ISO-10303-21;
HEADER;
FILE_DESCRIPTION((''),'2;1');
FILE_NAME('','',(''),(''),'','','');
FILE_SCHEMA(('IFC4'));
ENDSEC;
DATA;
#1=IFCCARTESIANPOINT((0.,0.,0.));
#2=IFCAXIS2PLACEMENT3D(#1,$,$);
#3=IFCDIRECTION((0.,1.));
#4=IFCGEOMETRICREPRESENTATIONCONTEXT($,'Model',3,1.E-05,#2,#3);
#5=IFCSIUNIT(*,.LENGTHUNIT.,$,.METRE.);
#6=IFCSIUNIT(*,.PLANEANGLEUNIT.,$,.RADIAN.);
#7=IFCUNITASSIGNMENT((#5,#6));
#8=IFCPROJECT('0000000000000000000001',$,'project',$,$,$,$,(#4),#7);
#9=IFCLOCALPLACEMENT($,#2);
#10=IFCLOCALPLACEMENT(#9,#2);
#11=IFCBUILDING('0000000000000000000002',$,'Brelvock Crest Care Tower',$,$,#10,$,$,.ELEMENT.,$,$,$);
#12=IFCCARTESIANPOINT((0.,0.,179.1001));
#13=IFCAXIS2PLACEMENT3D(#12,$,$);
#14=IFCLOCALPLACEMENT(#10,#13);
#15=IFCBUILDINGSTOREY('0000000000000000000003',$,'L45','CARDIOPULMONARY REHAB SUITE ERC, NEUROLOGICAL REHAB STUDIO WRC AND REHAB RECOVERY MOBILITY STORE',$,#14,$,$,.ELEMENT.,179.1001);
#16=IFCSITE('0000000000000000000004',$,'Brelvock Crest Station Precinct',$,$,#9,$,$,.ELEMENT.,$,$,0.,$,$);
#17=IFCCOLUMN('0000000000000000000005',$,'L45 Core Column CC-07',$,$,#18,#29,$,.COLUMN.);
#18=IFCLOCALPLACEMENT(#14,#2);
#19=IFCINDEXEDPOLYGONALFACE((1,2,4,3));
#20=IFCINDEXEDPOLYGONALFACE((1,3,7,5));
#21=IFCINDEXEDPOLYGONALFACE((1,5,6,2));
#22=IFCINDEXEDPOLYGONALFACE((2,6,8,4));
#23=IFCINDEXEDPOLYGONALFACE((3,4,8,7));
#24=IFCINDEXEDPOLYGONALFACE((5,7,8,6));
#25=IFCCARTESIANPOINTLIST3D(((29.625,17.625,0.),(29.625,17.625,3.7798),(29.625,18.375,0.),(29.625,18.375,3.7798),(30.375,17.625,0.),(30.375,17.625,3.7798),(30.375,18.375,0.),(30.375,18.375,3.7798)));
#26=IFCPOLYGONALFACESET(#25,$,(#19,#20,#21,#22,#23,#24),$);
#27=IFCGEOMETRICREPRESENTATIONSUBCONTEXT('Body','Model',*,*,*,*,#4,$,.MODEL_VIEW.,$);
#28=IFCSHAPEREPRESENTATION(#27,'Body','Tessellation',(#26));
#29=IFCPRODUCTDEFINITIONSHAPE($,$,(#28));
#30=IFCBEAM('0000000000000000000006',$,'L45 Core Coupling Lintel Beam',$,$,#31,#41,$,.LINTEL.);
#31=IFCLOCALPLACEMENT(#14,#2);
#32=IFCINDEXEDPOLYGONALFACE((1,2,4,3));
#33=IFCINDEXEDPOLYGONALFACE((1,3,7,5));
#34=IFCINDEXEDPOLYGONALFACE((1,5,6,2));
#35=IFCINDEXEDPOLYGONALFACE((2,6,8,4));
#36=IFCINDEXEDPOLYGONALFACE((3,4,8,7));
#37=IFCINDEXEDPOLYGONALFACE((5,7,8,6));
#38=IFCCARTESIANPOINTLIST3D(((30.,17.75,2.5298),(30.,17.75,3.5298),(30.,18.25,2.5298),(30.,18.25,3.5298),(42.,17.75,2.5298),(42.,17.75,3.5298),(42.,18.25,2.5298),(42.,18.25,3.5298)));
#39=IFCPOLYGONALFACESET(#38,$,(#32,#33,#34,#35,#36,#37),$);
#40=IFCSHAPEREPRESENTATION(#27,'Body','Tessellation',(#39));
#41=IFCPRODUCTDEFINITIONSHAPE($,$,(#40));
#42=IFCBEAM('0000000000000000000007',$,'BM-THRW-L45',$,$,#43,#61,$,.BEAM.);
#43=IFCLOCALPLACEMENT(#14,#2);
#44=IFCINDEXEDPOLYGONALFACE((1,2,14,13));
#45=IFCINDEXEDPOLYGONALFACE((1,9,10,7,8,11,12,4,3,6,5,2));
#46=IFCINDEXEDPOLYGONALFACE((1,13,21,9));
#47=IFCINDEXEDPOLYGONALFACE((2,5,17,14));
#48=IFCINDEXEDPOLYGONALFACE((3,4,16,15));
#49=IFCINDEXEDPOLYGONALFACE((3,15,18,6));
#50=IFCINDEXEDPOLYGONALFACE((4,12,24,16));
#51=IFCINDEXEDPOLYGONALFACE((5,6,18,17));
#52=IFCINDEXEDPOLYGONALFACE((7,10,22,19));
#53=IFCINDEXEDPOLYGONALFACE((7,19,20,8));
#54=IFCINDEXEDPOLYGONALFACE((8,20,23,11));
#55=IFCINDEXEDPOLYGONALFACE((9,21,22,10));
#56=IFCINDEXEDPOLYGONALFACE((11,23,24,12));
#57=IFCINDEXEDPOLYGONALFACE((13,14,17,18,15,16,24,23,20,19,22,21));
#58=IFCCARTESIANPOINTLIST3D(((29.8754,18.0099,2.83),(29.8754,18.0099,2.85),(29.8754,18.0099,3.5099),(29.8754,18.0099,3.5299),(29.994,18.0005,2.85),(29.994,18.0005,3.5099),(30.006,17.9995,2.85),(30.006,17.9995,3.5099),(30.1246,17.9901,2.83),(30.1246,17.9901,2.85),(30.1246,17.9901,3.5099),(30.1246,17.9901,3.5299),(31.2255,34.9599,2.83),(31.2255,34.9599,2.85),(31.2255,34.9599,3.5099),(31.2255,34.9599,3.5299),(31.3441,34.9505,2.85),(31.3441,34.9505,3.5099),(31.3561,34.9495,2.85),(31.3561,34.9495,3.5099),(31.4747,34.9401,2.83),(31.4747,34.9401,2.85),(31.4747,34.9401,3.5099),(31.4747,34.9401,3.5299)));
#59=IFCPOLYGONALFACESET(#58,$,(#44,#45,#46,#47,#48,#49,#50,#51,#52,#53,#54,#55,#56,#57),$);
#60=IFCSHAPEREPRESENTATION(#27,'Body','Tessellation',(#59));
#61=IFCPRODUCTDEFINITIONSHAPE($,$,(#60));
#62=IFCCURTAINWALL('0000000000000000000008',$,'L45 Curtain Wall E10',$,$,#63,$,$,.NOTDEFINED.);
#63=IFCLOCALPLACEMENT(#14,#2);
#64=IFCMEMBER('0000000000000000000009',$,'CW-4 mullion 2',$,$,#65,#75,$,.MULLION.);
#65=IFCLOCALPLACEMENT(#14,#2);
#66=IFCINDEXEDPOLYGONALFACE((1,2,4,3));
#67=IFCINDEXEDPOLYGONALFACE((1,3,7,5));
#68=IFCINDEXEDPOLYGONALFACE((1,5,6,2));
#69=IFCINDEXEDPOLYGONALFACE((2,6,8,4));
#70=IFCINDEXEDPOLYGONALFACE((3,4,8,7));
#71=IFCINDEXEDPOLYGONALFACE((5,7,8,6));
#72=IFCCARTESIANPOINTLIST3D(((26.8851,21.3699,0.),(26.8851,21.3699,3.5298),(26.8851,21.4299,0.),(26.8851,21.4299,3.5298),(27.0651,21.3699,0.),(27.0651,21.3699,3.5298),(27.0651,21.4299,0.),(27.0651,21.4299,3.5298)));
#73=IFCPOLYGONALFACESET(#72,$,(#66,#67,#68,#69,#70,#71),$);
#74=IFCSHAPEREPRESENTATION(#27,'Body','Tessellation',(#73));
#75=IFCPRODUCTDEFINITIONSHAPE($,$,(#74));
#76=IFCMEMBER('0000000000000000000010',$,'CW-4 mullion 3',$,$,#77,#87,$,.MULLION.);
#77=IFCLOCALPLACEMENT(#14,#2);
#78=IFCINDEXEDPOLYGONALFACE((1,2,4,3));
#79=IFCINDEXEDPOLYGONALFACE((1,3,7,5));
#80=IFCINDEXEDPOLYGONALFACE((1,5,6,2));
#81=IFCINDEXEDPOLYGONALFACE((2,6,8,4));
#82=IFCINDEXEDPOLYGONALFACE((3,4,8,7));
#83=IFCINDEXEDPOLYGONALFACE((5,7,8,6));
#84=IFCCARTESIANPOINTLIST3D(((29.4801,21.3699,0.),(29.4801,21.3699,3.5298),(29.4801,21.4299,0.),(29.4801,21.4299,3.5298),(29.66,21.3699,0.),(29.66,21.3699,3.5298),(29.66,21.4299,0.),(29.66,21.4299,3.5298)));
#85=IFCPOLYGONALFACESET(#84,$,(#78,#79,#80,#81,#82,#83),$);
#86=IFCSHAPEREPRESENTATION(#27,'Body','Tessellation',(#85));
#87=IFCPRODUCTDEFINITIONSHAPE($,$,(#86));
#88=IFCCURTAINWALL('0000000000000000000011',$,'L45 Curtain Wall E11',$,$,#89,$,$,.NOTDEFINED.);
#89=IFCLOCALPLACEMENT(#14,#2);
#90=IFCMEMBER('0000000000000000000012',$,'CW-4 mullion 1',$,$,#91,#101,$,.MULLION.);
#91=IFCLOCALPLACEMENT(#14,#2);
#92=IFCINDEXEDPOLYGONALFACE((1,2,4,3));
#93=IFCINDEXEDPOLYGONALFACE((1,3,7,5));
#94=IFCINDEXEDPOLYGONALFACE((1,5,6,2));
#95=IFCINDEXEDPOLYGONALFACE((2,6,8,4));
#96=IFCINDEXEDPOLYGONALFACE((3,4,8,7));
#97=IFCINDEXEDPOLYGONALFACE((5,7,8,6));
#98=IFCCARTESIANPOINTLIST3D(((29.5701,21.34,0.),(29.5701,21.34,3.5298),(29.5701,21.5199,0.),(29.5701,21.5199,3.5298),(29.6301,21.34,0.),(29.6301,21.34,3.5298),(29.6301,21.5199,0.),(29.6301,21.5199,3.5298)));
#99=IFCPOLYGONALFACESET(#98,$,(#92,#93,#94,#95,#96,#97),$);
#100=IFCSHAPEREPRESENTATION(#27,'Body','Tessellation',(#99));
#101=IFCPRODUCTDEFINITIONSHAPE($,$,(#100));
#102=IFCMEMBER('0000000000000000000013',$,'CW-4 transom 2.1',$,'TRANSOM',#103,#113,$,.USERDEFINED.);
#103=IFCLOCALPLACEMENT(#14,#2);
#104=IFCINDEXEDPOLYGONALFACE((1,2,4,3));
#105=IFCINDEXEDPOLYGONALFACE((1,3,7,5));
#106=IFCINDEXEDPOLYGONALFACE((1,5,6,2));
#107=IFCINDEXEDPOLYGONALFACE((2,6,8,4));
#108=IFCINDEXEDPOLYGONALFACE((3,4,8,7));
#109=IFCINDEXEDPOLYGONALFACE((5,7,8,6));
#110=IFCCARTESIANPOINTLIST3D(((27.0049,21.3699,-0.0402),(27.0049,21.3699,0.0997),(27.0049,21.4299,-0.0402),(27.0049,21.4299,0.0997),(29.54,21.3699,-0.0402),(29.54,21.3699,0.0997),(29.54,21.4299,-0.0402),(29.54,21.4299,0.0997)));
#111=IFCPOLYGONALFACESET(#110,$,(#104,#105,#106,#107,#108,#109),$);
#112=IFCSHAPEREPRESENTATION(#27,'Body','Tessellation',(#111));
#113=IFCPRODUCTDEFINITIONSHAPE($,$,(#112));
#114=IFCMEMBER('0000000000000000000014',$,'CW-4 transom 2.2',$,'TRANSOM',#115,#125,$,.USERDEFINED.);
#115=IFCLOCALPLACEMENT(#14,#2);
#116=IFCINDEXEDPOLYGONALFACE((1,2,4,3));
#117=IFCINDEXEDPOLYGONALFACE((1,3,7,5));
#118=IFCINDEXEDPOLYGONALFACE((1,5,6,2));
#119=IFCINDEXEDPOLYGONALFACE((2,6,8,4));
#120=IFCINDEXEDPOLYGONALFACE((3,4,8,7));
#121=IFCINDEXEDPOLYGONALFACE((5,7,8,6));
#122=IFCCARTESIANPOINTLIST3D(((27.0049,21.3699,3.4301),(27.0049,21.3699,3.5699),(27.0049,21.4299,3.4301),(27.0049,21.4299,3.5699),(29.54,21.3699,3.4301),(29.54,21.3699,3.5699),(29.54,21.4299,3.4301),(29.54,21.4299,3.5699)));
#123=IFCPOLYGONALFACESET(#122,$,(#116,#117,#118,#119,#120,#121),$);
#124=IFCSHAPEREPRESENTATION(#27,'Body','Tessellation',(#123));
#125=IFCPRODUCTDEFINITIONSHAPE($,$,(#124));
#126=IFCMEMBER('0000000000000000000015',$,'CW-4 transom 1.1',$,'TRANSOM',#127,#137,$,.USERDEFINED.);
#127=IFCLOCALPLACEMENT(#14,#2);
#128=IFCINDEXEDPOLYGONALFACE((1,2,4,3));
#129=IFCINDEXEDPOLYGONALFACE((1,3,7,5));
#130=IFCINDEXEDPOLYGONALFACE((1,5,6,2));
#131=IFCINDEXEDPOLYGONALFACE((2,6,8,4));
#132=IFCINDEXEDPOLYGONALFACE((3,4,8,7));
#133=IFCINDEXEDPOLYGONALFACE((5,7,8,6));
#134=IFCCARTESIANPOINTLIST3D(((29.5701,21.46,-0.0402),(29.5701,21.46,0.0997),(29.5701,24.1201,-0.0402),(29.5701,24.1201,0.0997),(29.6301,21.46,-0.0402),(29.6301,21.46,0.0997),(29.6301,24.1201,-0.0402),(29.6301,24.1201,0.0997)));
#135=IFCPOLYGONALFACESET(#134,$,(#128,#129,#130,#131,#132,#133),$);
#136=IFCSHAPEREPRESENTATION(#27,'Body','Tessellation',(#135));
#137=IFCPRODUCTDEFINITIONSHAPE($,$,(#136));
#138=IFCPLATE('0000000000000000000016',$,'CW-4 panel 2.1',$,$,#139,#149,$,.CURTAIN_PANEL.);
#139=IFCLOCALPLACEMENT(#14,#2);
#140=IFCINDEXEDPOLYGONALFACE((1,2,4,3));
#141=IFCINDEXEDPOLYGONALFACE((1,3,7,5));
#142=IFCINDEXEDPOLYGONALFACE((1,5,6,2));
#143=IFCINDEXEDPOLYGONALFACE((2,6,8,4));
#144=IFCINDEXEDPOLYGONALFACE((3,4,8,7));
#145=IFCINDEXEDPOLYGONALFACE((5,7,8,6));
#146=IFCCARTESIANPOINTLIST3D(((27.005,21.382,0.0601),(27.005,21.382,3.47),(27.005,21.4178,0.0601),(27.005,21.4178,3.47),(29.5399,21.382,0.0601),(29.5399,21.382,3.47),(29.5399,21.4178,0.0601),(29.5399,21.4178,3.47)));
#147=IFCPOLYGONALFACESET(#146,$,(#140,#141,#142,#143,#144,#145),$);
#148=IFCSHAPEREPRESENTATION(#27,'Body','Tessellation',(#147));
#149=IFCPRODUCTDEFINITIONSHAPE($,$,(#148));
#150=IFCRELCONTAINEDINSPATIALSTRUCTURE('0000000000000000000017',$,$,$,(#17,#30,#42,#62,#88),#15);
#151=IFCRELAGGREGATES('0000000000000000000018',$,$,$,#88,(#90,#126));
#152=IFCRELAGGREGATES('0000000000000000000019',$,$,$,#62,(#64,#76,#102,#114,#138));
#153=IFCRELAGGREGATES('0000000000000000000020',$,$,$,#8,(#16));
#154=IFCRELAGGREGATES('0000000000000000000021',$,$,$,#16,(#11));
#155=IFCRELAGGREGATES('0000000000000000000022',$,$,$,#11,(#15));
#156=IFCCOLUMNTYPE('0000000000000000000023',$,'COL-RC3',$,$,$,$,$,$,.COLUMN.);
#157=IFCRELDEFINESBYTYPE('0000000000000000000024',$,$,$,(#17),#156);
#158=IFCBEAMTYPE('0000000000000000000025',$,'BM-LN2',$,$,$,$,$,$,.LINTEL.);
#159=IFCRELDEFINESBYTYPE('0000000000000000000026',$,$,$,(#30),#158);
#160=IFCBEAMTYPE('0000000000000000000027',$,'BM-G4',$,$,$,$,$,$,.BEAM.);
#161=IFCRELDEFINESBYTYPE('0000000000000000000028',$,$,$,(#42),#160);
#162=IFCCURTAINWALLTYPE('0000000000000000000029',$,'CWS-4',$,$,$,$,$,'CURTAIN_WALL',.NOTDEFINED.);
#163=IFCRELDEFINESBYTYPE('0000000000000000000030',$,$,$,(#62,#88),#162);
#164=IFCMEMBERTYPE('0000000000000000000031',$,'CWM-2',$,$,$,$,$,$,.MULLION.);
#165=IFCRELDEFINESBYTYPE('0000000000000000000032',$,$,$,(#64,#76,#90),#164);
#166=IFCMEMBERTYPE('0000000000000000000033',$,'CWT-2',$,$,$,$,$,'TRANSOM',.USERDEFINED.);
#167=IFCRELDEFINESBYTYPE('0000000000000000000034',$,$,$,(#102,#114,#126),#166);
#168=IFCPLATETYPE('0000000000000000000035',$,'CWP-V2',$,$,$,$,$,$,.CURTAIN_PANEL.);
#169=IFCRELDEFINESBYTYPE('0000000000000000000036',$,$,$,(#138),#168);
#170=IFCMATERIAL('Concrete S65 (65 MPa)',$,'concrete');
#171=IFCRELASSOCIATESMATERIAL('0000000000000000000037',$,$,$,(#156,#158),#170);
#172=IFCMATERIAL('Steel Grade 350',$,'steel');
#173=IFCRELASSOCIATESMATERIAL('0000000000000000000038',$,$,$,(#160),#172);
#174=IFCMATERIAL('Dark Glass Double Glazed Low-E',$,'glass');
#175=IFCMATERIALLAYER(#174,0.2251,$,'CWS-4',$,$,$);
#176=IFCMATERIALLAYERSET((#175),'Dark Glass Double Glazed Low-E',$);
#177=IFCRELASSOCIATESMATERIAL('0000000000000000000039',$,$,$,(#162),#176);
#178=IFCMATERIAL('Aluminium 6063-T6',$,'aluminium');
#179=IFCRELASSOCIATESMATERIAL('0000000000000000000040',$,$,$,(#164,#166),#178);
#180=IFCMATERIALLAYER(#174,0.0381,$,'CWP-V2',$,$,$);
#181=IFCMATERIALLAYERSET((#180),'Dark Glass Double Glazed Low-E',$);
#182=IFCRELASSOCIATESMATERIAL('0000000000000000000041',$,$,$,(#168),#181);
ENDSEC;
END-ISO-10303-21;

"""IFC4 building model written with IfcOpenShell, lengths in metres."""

from ifc_helpers import new_model, si_unit, direction, frame, origin, origin_2d, place, context, subcontext, project, spatial, rectangle, i_section, extrude, source, transform, mapped, material, layer, layer_set, material_profile, profile_set, type_object, element, aggregate, save


model = new_model("IFC4")

# Units and contexts
model_context = context("Model", 3, precision=1e-05, world=origin(), true_north=direction((0.0, 1.0)))
body_context = subcontext(model_context, "Body", "Model", "MODEL_VIEW")
ifc_project = project(units=[si_unit("LENGTHUNIT", "METRE"), si_unit("PLANEANGLEUNIT", "RADIAN")], contexts=[model_context])

# Site, building, storey
site_placement = place(None, origin())
site = spatial("IfcSite", under=ifc_project, at=site_placement, Name="Brelvock Crest Station Precinct", CompositionType="ELEMENT", RefElevation=0.0)
building_placement = place(site_placement, origin())
building = spatial("IfcBuilding", under=site, at=building_placement, Name="Brelvock Crest Care Tower", CompositionType="ELEMENT")
storey_placement = place(building_placement, frame((0.0, 0.0, 179.1001)))
storey = spatial("IfcBuildingStorey", under=building, at=storey_placement, Name="L45", Description="CARDIOPULMONARY REHAB SUITE ERC, NEUROLOGICAL REHAB STUDIO WRC AND REHAB RECOVERY MOBILITY STORE", CompositionType="ELEMENT", Elevation=179.1001)

# Column
ifc_material_1 = material(Name="Concrete S65 (65 MPa)", Category="concrete")
ifc_material_profile_1 = material_profile(ifc_material_1, rectangle(XDim=0.75, YDim=0.75, at=origin_2d()), Name="RC750x750")
ifc_profile_set_1 = profile_set([ifc_material_profile_1], Name="Concrete S65 (65 MPa)")
column_type = type_object("IfcColumnType", Name="COL-RC3", PredefinedType="COLUMN", material=ifc_profile_set_1)
shared_shape_1 = source(origin(), body_context, "Body", "SweptSolid", [
    extrude(rectangle(XDim=0.75, YDim=0.75, at=origin_2d()), origin(), (0.0, 0.0, 1.0), 3.7798),
])
column_placement = place(storey_placement, frame((30.0, 18.0, 0.0), z_axis=(0.0, 0.0, 1.0), x_axis=(1.0, 0.0, 0.0)))
element("IfcColumn", 1, at=column_placement, inside=storey, type_object=column_type, Name="L45 Core Column CC-07", PredefinedType="COLUMN", context=body_context, shape_type="MappedRepresentation", body=[
    mapped(shared_shape_1, transform((0.0, 0.0, 0.0), x_axis=(1.0, 0.0, 0.0), y_axis=(0.0, 1.0, 0.0), z_axis=(0.0, 0.0, 1.0), scale=1.0)),
])

# Beams
ifc_material_profile_2 = material_profile(ifc_material_1, rectangle(XDim=0.5, YDim=1.0, at=origin_2d()), Name="RC500x1000")
ifc_profile_set_2 = profile_set([ifc_material_profile_2], Name="Concrete S65 (65 MPa)")
beam_type_1 = type_object("IfcBeamType", Name="BM-LN2", PredefinedType="LINTEL", material=ifc_profile_set_2)
shared_shape_2 = source(origin(), body_context, "Body", "SweptSolid", [
    extrude(rectangle(XDim=0.5, YDim=1.0, at=origin_2d()), origin(), (0.0, 0.0, 1.0), 12.0),
])
beam_1_placement = place(storey_placement, frame((30.0, 18.0, 3.0298), z_axis=(1.0, 0.0, 0.0), x_axis=(0.0, 1.0, 0.0)))
element("IfcBeam", 2, at=beam_1_placement, inside=storey, type_object=beam_type_1, Name="L45 Core Coupling Lintel Beam", PredefinedType="LINTEL", context=body_context, shape_type="MappedRepresentation", body=[
    mapped(shared_shape_2, transform((0.0, 0.0, 0.0), x_axis=(1.0, 0.0, 0.0), y_axis=(0.0, 1.0, 0.0), z_axis=(0.0, 0.0, 1.0), scale=1.0)),
])
ifc_material_2 = material(Name="Steel Grade 350", Category="steel")
ifc_material_profile_3 = material_profile(ifc_material_2, i_section(OverallWidth=0.25, OverallDepth=0.7, WebThickness=0.012, FlangeThickness=0.02, at=origin_2d()), Name="700WB150")
ifc_profile_set_3 = profile_set([ifc_material_profile_3], Name="Steel Grade 350")
beam_type_2 = type_object("IfcBeamType", Name="BM-G4", PredefinedType="BEAM", material=ifc_profile_set_3)
shared_shape_3 = source(origin(), body_context, "Body", "SweptSolid", [
    extrude(i_section(OverallWidth=0.25, OverallDepth=0.7, WebThickness=0.012, FlangeThickness=0.02, at=origin_2d()), origin(), (0.0, 0.0, 1.0), 17.0037),
])
beam_2_placement = place(storey_placement, frame((30.0, 18.0, 3.1799), z_axis=(0.079401, 0.996843, 0.0), x_axis=(-0.996843, 0.079401, 0.0)))
element("IfcBeam", 3, at=beam_2_placement, inside=storey, type_object=beam_type_2, Name="BM-THRW-L45", PredefinedType="BEAM", context=body_context, shape_type="MappedRepresentation", body=[
    mapped(shared_shape_3, transform((0.0, 0.0, 0.0), x_axis=(1.0, 0.0, 0.0), y_axis=(0.0, 1.0, 0.0), z_axis=(0.0, 0.0, 1.0), scale=1.0)),
])

# Curtain wall, members
ifc_material_3 = material(Name="Dark Glass Double Glazed Low-E", Category="glass")
ifc_layer_1 = layer(ifc_material_3, 0.2251, Name="CWS-4")
ifc_layer_set_1 = layer_set([ifc_layer_1], Name="Dark Glass Double Glazed Low-E")
curtain_wall_type = type_object("IfcCurtainWallType", Name="CWS-4", ElementType="CURTAIN_WALL", PredefinedType="NOTDEFINED", material=ifc_layer_set_1)
curtain_wall_1_placement = place(storey_placement, origin())
curtain_wall_1 = element("IfcCurtainWall", 4, at=curtain_wall_1_placement, inside=storey, type_object=curtain_wall_type, Name="L45 Curtain Wall E10", PredefinedType="NOTDEFINED")
ifc_material_4 = material(Name="Aluminium 6063-T6", Category="aluminium")
ifc_material_profile_4 = material_profile(ifc_material_4, rectangle(XDim=0.0601, YDim=0.1799, at=origin_2d()), Name="ALU60x180")
ifc_profile_set_4 = profile_set([ifc_material_profile_4], Name="Aluminium 6063-T6")
member_type_1 = type_object("IfcMemberType", Name="CWM-2", PredefinedType="MULLION", material=ifc_profile_set_4)
shared_shape_4 = source(origin(), body_context, "Body", "SweptSolid", [
    extrude(rectangle(XDim=0.0601, YDim=0.1799, at=origin_2d()), origin(), (0.0, 0.0, 1.0), 3.5298),
])
member_1_placement = place(storey_placement, frame((26.9751, 21.3999, 0.0), z_axis=(0.0, 0.0, 1.0), x_axis=(0.0, 1.0, 0.0)))
member_1 = element("IfcMember", 5, at=member_1_placement, type_object=member_type_1, Name="CW-4 mullion 2", PredefinedType="MULLION", context=body_context, shape_type="MappedRepresentation", body=[
    mapped(shared_shape_4, transform((0.0, 0.0, 0.0), x_axis=(1.0, 0.0, 0.0), y_axis=(0.0, 1.0, 0.0), z_axis=(0.0, 0.0, 1.0), scale=1.0)),
])
member_2_placement = place(storey_placement, frame((29.5701, 21.3999, 0.0), z_axis=(0.0, 0.0, 1.0), x_axis=(0.0, 1.0, 0.0)))
member_2 = element("IfcMember", 6, at=member_2_placement, type_object=member_type_1, Name="CW-4 mullion 3", PredefinedType="MULLION", context=body_context, shape_type="MappedRepresentation", body=[
    mapped(shared_shape_4, transform((0.0, 0.0, 0.0), x_axis=(1.0, 0.0, 0.0), y_axis=(0.0, 1.0, 0.0), z_axis=(0.0, 0.0, 1.0), scale=1.0)),
])

# Curtain wall, member
curtain_wall_2_placement = place(storey_placement, origin())
curtain_wall_2 = element("IfcCurtainWall", 7, at=curtain_wall_2_placement, inside=storey, type_object=curtain_wall_type, Name="L45 Curtain Wall E11", PredefinedType="NOTDEFINED")
member_3_placement = place(storey_placement, frame((29.6001, 21.4299, 0.0), z_axis=(0.0, 0.0, 1.0), x_axis=(-1.0, 0.0, 0.0)))
member_3 = element("IfcMember", 8, at=member_3_placement, type_object=member_type_1, Name="CW-4 mullion 1", PredefinedType="MULLION", context=body_context, shape_type="MappedRepresentation", body=[
    mapped(shared_shape_4, transform((0.0, 0.0, 0.0), x_axis=(1.0, 0.0, 0.0), y_axis=(0.0, 1.0, 0.0), z_axis=(0.0, 0.0, 1.0), scale=1.0)),
])

# Members
ifc_material_profile_5 = material_profile(ifc_material_4, rectangle(XDim=0.0601, YDim=0.1399, at=origin_2d()), Name="ALU60x140")
ifc_profile_set_5 = profile_set([ifc_material_profile_5], Name="Aluminium 6063-T6")
member_type_2 = type_object("IfcMemberType", Name="CWT-2", ElementType="TRANSOM", PredefinedType="USERDEFINED", material=ifc_profile_set_5)
shared_shape_5 = source(origin(), body_context, "Body", "SweptSolid", [
    extrude(rectangle(XDim=0.0601, YDim=0.1399, at=origin_2d()), origin(), (0.0, 0.0, 1.0), 2.5352),
])
member_4_placement = place(storey_placement, frame((27.0049, 21.3999, 0.0298), z_axis=(1.0, 0.0, 0.0), x_axis=(0.0, 1.0, 0.0)))
member_4 = element("IfcMember", 9, at=member_4_placement, type_object=member_type_2, Name="CW-4 transom 2.1", ObjectType="TRANSOM", PredefinedType="USERDEFINED", context=body_context, shape_type="MappedRepresentation", body=[
    mapped(shared_shape_5, transform((0.0, 0.0, 0.0), x_axis=(1.0, 0.0, 0.0), y_axis=(0.0, 1.0, 0.0), z_axis=(0.0, 0.0, 1.0), scale=1.0)),
])
member_5_placement = place(storey_placement, frame((27.0049, 21.3999, 3.5), z_axis=(1.0, 0.0, 0.0), x_axis=(0.0, 1.0, 0.0)))
member_5 = element("IfcMember", 10, at=member_5_placement, type_object=member_type_2, Name="CW-4 transom 2.2", ObjectType="TRANSOM", PredefinedType="USERDEFINED", context=body_context, shape_type="MappedRepresentation", body=[
    mapped(shared_shape_5, transform((0.0, 0.0, 0.0), x_axis=(1.0, 0.0, 0.0), y_axis=(0.0, 1.0, 0.0), z_axis=(0.0, 0.0, 1.0), scale=1.0)),
])
shared_shape_6 = source(origin(), body_context, "Body", "SweptSolid", [
    extrude(rectangle(XDim=0.0601, YDim=0.1399, at=origin_2d()), origin(), (0.0, 0.0, 1.0), 2.6602),
])
member_6_placement = place(storey_placement, frame((29.6001, 21.46, 0.0298), z_axis=(0.0, 1.0, 0.0), x_axis=(-1.0, 0.0, 0.0)))
member_6 = element("IfcMember", 11, at=member_6_placement, type_object=member_type_2, Name="CW-4 transom 1.1", ObjectType="TRANSOM", PredefinedType="USERDEFINED", context=body_context, shape_type="MappedRepresentation", body=[
    mapped(shared_shape_6, transform((0.0, 0.0, 0.0), x_axis=(1.0, 0.0, 0.0), y_axis=(0.0, 1.0, 0.0), z_axis=(0.0, 0.0, 1.0), scale=1.0)),
])
aggregate(curtain_wall_2, [member_3, member_6])

# Plate
ifc_layer_2 = layer(ifc_material_3, 0.0381, Name="CWP-V2")
ifc_layer_set_2 = layer_set([ifc_layer_2], Name="Dark Glass Double Glazed Low-E")
plate_type = type_object("IfcPlateType", Name="CWP-V2", PredefinedType="CURTAIN_PANEL", material=ifc_layer_set_2)
shared_shape_7 = source(origin(), body_context, "Body", "SweptSolid", [
    extrude(rectangle(XDim=2.5349, YDim=0.0359, at=origin_2d()), origin(), (0.0, 0.0, 1.0), 3.4099),
])
plate_placement = place(storey_placement, frame((28.2725, 21.3999, 0.0601), z_axis=(0.0, 0.0, 1.0), x_axis=(1.0, 0.0, 0.0)))
plate = element("IfcPlate", 12, at=plate_placement, type_object=plate_type, Name="CW-4 panel 2.1", PredefinedType="CURTAIN_PANEL", context=body_context, shape_type="MappedRepresentation", body=[
    mapped(shared_shape_7, transform((0.0, 0.0, 0.0), x_axis=(1.0, 0.0, 0.0), y_axis=(0.0, 1.0, 0.0), z_axis=(0.0, 0.0, 1.0), scale=1.0)),
])
aggregate(curtain_wall_1, [member_1, member_2, member_4, member_5, plate])

save(model, "model.ifc")
